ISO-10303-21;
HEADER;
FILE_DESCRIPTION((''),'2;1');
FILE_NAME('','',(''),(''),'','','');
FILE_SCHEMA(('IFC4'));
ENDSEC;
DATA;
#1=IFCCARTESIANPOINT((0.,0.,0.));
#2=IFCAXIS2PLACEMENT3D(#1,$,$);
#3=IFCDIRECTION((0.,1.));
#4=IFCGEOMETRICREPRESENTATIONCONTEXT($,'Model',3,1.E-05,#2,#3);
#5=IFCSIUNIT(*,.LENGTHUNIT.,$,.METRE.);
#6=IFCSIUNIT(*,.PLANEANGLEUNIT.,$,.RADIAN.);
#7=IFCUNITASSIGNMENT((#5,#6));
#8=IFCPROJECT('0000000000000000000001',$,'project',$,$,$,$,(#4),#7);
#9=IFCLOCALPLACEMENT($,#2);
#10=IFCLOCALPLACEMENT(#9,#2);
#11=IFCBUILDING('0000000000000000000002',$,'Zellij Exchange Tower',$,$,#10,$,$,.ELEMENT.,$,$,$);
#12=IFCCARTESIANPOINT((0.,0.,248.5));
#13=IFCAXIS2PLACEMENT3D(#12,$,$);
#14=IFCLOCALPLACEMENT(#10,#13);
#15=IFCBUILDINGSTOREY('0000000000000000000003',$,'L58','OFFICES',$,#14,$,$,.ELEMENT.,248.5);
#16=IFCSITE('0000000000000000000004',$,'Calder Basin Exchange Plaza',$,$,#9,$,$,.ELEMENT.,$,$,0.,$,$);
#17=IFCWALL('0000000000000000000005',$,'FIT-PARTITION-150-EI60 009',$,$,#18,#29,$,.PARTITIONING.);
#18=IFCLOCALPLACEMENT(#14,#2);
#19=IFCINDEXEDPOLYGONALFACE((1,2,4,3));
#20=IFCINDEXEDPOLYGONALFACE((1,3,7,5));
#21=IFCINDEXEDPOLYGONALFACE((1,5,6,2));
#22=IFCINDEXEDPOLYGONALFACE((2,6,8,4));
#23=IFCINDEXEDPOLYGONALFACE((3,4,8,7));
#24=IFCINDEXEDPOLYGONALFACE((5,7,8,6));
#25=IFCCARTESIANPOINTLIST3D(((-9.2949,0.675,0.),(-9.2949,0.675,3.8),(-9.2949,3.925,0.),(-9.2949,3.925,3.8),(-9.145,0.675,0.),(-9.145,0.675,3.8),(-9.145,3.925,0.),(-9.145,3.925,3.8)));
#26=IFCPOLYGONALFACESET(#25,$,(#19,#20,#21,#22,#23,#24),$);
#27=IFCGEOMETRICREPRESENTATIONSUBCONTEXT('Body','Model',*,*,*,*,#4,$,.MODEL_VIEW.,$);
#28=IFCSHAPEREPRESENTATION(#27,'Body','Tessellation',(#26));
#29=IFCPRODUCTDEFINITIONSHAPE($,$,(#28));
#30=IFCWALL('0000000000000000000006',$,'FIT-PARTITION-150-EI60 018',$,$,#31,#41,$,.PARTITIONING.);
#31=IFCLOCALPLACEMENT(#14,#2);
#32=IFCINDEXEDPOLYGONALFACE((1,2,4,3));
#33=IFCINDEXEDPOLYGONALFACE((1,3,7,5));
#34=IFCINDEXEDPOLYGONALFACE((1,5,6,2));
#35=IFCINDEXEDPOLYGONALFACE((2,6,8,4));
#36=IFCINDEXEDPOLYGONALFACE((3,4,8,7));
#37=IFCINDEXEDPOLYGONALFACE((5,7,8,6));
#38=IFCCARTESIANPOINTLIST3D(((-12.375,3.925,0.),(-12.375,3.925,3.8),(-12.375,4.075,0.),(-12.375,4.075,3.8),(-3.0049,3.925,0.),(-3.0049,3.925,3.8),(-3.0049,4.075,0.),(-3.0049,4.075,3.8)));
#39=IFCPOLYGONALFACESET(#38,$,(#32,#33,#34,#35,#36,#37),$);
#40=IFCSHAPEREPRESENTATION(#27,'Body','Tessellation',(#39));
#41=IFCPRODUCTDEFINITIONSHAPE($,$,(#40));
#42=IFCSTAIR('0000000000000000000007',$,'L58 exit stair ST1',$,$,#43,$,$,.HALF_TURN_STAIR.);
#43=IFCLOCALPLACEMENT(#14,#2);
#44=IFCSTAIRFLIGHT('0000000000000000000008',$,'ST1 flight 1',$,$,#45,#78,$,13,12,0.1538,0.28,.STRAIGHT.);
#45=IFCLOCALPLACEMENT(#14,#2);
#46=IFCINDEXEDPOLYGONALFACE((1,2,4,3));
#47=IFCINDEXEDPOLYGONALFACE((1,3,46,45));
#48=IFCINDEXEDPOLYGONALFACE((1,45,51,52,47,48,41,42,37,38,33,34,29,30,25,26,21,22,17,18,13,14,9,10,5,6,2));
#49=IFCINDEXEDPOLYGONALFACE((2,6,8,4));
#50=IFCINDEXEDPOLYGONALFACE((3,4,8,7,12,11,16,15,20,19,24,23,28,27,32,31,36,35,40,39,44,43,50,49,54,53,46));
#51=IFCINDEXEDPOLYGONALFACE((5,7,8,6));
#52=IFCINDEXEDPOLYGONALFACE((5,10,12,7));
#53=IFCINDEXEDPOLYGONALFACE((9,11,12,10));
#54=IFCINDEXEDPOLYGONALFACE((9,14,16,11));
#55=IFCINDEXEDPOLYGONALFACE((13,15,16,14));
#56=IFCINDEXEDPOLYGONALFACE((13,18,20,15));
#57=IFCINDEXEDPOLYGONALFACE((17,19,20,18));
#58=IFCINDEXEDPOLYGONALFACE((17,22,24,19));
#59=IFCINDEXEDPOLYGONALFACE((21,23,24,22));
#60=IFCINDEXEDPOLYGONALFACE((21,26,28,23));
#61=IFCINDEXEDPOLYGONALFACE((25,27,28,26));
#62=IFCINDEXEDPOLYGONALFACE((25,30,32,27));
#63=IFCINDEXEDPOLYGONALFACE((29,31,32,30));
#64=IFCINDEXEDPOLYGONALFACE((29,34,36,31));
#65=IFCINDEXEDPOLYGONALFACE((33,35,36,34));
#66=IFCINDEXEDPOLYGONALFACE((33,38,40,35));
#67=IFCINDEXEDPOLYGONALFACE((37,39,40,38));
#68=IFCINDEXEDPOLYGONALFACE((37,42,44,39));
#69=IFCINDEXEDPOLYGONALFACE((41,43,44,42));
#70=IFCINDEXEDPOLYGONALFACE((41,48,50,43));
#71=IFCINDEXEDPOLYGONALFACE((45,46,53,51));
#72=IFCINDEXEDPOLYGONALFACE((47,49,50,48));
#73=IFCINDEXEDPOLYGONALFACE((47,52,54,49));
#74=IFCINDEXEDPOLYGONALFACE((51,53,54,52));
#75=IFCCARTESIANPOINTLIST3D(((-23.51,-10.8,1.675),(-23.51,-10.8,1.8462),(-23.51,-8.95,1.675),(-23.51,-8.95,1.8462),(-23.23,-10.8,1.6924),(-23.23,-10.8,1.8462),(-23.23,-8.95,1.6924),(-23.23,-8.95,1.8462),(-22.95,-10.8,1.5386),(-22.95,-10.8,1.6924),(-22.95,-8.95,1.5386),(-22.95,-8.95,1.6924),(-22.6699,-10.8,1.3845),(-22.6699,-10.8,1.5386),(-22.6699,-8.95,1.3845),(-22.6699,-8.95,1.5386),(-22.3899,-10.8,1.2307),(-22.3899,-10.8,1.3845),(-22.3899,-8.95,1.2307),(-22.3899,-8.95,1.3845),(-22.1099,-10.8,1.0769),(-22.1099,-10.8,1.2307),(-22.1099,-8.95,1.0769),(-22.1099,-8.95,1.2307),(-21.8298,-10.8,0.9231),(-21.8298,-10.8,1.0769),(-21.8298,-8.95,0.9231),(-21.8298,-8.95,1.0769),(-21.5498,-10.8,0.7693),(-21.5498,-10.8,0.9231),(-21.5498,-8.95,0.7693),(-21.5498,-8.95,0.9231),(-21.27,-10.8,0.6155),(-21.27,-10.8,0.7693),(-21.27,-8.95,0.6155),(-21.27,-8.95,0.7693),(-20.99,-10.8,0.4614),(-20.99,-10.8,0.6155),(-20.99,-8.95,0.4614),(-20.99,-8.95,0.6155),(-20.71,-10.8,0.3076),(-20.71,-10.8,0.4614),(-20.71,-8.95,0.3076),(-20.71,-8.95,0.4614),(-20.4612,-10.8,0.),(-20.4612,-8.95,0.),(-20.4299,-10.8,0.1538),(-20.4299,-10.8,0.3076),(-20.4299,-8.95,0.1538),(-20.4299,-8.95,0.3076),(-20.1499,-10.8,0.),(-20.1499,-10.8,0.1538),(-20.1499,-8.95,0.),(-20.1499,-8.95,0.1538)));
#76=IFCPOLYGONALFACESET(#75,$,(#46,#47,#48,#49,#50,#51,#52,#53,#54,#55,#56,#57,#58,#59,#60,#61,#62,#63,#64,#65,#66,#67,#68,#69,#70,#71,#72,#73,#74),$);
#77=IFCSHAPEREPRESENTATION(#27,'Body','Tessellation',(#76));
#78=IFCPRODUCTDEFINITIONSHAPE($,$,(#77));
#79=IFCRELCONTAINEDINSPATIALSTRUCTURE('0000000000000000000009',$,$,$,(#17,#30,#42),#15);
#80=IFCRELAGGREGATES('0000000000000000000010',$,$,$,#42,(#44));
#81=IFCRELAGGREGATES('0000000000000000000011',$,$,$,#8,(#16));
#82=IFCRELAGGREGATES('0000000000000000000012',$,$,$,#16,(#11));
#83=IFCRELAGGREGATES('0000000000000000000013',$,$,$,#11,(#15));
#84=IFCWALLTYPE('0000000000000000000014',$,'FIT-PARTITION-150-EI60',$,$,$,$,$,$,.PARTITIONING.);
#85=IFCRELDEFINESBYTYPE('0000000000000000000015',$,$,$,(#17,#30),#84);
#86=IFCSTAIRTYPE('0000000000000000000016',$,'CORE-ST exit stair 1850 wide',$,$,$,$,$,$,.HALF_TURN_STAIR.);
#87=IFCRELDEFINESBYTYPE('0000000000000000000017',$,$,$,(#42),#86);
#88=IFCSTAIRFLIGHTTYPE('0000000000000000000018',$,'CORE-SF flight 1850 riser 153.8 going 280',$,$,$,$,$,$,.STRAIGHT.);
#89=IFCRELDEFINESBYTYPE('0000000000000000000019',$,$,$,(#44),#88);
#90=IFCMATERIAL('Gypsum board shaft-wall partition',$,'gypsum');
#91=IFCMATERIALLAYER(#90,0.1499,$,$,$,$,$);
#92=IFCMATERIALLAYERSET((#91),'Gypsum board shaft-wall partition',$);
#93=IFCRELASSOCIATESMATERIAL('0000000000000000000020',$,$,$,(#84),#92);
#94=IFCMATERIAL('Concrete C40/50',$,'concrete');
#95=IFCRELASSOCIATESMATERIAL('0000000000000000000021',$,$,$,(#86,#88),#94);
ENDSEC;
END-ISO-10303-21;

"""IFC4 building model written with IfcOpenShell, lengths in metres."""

from ifc_helpers import new_model, si_unit, direction, frame, frame_2d, origin, place, context, subcontext, project, spatial, polyline, rectangle, outline, extrude, material, layer, layer_set, type_object, element, aggregate, save


model = new_model("IFC4")

# Units and contexts
model_context = context("Model", 3, precision=1e-05, world=origin(), true_north=direction((0.0, 1.0)))
body_context = subcontext(model_context, "Body", "Model", "MODEL_VIEW")
ifc_project = project(units=[si_unit("LENGTHUNIT", "METRE"), si_unit("PLANEANGLEUNIT", "RADIAN")], contexts=[model_context])

# Site, building, storey
site_placement = place(None, origin())
site = spatial("IfcSite", under=ifc_project, at=site_placement, Name="Calder Basin Exchange Plaza", CompositionType="ELEMENT", RefElevation=0.0)
building_placement = place(site_placement, origin())
building = spatial("IfcBuilding", under=site, at=building_placement, Name="Zellij Exchange Tower", CompositionType="ELEMENT")
storey_placement = place(building_placement, frame((0.0, 0.0, 248.5)))
storey = spatial("IfcBuildingStorey", under=building, at=storey_placement, Name="L58", Description="OFFICES", CompositionType="ELEMENT", Elevation=248.5)

# Shared definitions
ifc_material_1 = material(Name="Gypsum board shaft-wall partition", Category="gypsum")
ifc_layer_1 = layer(ifc_material_1, 0.1499)
ifc_layer_set_1 = layer_set([ifc_layer_1], Name="Gypsum board shaft-wall partition")
wall_type_1 = type_object("IfcWallType", Name="FIT-PARTITION-150-EI60", PredefinedType="PARTITIONING", material=ifc_layer_set_1)

# Walls
wall_1_placement = place(storey_placement, frame((-9.22, 0.675, 0.0), z_axis=(0.0, 0.0, 1.0), x_axis=(0.0, 1.0, 0.0)))
element("IfcWall", 1, at=wall_1_placement, inside=storey, type_object=wall_type_1, Name="FIT-PARTITION-150-EI60 009", PredefinedType="PARTITIONING", context=body_context, shape_type="SweptSolid", body=[
    extrude(rectangle(XDim=3.25, YDim=0.1499, at=frame_2d((1.625, 0.0))), origin(), (0.0, 0.0, 1.0), 3.8),
])
wall_2_placement = place(storey_placement, frame((-12.375, 4.0, 0.0), z_axis=(0.0, 0.0, 1.0), x_axis=(1.0, 0.0, 0.0)))
element("IfcWall", 2, at=wall_2_placement, inside=storey, type_object=wall_type_1, Name="FIT-PARTITION-150-EI60 018", PredefinedType="PARTITIONING", context=body_context, shape_type="SweptSolid", body=[
    extrude(rectangle(XDim=9.3701, YDim=0.1499, at=frame_2d((4.6851, 0.0))), origin(), (0.0, 0.0, 1.0), 3.8),
])

# Stair, stair flight
ifc_material_2 = material(Name="Concrete C40/50", Category="concrete")
stair_type = type_object("IfcStairType", Name="CORE-ST exit stair 1850 wide", PredefinedType="HALF_TURN_STAIR", material=ifc_material_2)
stair_placement = place(storey_placement, origin())
stair = element("IfcStair", 3, at=stair_placement, inside=storey, type_object=stair_type, Name="L58 exit stair ST1", PredefinedType="HALF_TURN_STAIR")
stair_flight_type = type_object("IfcStairFlightType", Name="CORE-SF flight 1850 riser 153.8 going 280", PredefinedType="STRAIGHT", material=ifc_material_2)
stair_flight_placement = place(storey_placement, frame((-20.1499, -9.875, 0.0), z_axis=(0.0, 0.0, 1.0), x_axis=(-1.0, 0.0, 0.0)))
stair_flight = element("IfcStairFlight", 4, at=stair_flight_placement, type_object=stair_flight_type, Name="ST1 flight 1", NumberOfRisers=13, NumberOfTreads=12, PredefinedType="STRAIGHT", RiserHeight=0.1538, TreadLength=0.28, context=body_context, shape_type="SweptSolid", body=[
    extrude(outline(polyline([(0.0, 0.0), (0.0, 0.1538), (0.28, 0.1538), (0.28, 0.3076), (0.5601, 0.3076), (0.5601, 0.4614), (0.8401, 0.4614), (0.8401, 0.6155), (1.1201, 0.6155), (1.1201, 0.7693), (1.3999, 0.7693), (1.3999, 0.9231), (1.6799, 0.9231), (1.6799, 1.0769), (1.96, 1.0769), (1.96, 1.2307), (2.24, 1.2307), (2.24, 1.3845), (2.52, 1.3845), (2.52, 1.5386), (2.8, 1.5386), (2.8, 1.6924), (3.0801, 1.6924), (3.0801, 1.8462), (3.3601, 1.8462), (3.3601, 2.0), (3.3601, 1.675), (0.3113, 0.0), (0.0, 0.0)])), frame((0.0, 0.925, 0.0), z_axis=(0.0, -1.0, 0.0), x_axis=(1.0, 0.0, 0.0)), (0.0, 0.0, 1.0), 1.8501),
])
aggregate(stair, [stair_flight])

save(model, "model.ifc")
